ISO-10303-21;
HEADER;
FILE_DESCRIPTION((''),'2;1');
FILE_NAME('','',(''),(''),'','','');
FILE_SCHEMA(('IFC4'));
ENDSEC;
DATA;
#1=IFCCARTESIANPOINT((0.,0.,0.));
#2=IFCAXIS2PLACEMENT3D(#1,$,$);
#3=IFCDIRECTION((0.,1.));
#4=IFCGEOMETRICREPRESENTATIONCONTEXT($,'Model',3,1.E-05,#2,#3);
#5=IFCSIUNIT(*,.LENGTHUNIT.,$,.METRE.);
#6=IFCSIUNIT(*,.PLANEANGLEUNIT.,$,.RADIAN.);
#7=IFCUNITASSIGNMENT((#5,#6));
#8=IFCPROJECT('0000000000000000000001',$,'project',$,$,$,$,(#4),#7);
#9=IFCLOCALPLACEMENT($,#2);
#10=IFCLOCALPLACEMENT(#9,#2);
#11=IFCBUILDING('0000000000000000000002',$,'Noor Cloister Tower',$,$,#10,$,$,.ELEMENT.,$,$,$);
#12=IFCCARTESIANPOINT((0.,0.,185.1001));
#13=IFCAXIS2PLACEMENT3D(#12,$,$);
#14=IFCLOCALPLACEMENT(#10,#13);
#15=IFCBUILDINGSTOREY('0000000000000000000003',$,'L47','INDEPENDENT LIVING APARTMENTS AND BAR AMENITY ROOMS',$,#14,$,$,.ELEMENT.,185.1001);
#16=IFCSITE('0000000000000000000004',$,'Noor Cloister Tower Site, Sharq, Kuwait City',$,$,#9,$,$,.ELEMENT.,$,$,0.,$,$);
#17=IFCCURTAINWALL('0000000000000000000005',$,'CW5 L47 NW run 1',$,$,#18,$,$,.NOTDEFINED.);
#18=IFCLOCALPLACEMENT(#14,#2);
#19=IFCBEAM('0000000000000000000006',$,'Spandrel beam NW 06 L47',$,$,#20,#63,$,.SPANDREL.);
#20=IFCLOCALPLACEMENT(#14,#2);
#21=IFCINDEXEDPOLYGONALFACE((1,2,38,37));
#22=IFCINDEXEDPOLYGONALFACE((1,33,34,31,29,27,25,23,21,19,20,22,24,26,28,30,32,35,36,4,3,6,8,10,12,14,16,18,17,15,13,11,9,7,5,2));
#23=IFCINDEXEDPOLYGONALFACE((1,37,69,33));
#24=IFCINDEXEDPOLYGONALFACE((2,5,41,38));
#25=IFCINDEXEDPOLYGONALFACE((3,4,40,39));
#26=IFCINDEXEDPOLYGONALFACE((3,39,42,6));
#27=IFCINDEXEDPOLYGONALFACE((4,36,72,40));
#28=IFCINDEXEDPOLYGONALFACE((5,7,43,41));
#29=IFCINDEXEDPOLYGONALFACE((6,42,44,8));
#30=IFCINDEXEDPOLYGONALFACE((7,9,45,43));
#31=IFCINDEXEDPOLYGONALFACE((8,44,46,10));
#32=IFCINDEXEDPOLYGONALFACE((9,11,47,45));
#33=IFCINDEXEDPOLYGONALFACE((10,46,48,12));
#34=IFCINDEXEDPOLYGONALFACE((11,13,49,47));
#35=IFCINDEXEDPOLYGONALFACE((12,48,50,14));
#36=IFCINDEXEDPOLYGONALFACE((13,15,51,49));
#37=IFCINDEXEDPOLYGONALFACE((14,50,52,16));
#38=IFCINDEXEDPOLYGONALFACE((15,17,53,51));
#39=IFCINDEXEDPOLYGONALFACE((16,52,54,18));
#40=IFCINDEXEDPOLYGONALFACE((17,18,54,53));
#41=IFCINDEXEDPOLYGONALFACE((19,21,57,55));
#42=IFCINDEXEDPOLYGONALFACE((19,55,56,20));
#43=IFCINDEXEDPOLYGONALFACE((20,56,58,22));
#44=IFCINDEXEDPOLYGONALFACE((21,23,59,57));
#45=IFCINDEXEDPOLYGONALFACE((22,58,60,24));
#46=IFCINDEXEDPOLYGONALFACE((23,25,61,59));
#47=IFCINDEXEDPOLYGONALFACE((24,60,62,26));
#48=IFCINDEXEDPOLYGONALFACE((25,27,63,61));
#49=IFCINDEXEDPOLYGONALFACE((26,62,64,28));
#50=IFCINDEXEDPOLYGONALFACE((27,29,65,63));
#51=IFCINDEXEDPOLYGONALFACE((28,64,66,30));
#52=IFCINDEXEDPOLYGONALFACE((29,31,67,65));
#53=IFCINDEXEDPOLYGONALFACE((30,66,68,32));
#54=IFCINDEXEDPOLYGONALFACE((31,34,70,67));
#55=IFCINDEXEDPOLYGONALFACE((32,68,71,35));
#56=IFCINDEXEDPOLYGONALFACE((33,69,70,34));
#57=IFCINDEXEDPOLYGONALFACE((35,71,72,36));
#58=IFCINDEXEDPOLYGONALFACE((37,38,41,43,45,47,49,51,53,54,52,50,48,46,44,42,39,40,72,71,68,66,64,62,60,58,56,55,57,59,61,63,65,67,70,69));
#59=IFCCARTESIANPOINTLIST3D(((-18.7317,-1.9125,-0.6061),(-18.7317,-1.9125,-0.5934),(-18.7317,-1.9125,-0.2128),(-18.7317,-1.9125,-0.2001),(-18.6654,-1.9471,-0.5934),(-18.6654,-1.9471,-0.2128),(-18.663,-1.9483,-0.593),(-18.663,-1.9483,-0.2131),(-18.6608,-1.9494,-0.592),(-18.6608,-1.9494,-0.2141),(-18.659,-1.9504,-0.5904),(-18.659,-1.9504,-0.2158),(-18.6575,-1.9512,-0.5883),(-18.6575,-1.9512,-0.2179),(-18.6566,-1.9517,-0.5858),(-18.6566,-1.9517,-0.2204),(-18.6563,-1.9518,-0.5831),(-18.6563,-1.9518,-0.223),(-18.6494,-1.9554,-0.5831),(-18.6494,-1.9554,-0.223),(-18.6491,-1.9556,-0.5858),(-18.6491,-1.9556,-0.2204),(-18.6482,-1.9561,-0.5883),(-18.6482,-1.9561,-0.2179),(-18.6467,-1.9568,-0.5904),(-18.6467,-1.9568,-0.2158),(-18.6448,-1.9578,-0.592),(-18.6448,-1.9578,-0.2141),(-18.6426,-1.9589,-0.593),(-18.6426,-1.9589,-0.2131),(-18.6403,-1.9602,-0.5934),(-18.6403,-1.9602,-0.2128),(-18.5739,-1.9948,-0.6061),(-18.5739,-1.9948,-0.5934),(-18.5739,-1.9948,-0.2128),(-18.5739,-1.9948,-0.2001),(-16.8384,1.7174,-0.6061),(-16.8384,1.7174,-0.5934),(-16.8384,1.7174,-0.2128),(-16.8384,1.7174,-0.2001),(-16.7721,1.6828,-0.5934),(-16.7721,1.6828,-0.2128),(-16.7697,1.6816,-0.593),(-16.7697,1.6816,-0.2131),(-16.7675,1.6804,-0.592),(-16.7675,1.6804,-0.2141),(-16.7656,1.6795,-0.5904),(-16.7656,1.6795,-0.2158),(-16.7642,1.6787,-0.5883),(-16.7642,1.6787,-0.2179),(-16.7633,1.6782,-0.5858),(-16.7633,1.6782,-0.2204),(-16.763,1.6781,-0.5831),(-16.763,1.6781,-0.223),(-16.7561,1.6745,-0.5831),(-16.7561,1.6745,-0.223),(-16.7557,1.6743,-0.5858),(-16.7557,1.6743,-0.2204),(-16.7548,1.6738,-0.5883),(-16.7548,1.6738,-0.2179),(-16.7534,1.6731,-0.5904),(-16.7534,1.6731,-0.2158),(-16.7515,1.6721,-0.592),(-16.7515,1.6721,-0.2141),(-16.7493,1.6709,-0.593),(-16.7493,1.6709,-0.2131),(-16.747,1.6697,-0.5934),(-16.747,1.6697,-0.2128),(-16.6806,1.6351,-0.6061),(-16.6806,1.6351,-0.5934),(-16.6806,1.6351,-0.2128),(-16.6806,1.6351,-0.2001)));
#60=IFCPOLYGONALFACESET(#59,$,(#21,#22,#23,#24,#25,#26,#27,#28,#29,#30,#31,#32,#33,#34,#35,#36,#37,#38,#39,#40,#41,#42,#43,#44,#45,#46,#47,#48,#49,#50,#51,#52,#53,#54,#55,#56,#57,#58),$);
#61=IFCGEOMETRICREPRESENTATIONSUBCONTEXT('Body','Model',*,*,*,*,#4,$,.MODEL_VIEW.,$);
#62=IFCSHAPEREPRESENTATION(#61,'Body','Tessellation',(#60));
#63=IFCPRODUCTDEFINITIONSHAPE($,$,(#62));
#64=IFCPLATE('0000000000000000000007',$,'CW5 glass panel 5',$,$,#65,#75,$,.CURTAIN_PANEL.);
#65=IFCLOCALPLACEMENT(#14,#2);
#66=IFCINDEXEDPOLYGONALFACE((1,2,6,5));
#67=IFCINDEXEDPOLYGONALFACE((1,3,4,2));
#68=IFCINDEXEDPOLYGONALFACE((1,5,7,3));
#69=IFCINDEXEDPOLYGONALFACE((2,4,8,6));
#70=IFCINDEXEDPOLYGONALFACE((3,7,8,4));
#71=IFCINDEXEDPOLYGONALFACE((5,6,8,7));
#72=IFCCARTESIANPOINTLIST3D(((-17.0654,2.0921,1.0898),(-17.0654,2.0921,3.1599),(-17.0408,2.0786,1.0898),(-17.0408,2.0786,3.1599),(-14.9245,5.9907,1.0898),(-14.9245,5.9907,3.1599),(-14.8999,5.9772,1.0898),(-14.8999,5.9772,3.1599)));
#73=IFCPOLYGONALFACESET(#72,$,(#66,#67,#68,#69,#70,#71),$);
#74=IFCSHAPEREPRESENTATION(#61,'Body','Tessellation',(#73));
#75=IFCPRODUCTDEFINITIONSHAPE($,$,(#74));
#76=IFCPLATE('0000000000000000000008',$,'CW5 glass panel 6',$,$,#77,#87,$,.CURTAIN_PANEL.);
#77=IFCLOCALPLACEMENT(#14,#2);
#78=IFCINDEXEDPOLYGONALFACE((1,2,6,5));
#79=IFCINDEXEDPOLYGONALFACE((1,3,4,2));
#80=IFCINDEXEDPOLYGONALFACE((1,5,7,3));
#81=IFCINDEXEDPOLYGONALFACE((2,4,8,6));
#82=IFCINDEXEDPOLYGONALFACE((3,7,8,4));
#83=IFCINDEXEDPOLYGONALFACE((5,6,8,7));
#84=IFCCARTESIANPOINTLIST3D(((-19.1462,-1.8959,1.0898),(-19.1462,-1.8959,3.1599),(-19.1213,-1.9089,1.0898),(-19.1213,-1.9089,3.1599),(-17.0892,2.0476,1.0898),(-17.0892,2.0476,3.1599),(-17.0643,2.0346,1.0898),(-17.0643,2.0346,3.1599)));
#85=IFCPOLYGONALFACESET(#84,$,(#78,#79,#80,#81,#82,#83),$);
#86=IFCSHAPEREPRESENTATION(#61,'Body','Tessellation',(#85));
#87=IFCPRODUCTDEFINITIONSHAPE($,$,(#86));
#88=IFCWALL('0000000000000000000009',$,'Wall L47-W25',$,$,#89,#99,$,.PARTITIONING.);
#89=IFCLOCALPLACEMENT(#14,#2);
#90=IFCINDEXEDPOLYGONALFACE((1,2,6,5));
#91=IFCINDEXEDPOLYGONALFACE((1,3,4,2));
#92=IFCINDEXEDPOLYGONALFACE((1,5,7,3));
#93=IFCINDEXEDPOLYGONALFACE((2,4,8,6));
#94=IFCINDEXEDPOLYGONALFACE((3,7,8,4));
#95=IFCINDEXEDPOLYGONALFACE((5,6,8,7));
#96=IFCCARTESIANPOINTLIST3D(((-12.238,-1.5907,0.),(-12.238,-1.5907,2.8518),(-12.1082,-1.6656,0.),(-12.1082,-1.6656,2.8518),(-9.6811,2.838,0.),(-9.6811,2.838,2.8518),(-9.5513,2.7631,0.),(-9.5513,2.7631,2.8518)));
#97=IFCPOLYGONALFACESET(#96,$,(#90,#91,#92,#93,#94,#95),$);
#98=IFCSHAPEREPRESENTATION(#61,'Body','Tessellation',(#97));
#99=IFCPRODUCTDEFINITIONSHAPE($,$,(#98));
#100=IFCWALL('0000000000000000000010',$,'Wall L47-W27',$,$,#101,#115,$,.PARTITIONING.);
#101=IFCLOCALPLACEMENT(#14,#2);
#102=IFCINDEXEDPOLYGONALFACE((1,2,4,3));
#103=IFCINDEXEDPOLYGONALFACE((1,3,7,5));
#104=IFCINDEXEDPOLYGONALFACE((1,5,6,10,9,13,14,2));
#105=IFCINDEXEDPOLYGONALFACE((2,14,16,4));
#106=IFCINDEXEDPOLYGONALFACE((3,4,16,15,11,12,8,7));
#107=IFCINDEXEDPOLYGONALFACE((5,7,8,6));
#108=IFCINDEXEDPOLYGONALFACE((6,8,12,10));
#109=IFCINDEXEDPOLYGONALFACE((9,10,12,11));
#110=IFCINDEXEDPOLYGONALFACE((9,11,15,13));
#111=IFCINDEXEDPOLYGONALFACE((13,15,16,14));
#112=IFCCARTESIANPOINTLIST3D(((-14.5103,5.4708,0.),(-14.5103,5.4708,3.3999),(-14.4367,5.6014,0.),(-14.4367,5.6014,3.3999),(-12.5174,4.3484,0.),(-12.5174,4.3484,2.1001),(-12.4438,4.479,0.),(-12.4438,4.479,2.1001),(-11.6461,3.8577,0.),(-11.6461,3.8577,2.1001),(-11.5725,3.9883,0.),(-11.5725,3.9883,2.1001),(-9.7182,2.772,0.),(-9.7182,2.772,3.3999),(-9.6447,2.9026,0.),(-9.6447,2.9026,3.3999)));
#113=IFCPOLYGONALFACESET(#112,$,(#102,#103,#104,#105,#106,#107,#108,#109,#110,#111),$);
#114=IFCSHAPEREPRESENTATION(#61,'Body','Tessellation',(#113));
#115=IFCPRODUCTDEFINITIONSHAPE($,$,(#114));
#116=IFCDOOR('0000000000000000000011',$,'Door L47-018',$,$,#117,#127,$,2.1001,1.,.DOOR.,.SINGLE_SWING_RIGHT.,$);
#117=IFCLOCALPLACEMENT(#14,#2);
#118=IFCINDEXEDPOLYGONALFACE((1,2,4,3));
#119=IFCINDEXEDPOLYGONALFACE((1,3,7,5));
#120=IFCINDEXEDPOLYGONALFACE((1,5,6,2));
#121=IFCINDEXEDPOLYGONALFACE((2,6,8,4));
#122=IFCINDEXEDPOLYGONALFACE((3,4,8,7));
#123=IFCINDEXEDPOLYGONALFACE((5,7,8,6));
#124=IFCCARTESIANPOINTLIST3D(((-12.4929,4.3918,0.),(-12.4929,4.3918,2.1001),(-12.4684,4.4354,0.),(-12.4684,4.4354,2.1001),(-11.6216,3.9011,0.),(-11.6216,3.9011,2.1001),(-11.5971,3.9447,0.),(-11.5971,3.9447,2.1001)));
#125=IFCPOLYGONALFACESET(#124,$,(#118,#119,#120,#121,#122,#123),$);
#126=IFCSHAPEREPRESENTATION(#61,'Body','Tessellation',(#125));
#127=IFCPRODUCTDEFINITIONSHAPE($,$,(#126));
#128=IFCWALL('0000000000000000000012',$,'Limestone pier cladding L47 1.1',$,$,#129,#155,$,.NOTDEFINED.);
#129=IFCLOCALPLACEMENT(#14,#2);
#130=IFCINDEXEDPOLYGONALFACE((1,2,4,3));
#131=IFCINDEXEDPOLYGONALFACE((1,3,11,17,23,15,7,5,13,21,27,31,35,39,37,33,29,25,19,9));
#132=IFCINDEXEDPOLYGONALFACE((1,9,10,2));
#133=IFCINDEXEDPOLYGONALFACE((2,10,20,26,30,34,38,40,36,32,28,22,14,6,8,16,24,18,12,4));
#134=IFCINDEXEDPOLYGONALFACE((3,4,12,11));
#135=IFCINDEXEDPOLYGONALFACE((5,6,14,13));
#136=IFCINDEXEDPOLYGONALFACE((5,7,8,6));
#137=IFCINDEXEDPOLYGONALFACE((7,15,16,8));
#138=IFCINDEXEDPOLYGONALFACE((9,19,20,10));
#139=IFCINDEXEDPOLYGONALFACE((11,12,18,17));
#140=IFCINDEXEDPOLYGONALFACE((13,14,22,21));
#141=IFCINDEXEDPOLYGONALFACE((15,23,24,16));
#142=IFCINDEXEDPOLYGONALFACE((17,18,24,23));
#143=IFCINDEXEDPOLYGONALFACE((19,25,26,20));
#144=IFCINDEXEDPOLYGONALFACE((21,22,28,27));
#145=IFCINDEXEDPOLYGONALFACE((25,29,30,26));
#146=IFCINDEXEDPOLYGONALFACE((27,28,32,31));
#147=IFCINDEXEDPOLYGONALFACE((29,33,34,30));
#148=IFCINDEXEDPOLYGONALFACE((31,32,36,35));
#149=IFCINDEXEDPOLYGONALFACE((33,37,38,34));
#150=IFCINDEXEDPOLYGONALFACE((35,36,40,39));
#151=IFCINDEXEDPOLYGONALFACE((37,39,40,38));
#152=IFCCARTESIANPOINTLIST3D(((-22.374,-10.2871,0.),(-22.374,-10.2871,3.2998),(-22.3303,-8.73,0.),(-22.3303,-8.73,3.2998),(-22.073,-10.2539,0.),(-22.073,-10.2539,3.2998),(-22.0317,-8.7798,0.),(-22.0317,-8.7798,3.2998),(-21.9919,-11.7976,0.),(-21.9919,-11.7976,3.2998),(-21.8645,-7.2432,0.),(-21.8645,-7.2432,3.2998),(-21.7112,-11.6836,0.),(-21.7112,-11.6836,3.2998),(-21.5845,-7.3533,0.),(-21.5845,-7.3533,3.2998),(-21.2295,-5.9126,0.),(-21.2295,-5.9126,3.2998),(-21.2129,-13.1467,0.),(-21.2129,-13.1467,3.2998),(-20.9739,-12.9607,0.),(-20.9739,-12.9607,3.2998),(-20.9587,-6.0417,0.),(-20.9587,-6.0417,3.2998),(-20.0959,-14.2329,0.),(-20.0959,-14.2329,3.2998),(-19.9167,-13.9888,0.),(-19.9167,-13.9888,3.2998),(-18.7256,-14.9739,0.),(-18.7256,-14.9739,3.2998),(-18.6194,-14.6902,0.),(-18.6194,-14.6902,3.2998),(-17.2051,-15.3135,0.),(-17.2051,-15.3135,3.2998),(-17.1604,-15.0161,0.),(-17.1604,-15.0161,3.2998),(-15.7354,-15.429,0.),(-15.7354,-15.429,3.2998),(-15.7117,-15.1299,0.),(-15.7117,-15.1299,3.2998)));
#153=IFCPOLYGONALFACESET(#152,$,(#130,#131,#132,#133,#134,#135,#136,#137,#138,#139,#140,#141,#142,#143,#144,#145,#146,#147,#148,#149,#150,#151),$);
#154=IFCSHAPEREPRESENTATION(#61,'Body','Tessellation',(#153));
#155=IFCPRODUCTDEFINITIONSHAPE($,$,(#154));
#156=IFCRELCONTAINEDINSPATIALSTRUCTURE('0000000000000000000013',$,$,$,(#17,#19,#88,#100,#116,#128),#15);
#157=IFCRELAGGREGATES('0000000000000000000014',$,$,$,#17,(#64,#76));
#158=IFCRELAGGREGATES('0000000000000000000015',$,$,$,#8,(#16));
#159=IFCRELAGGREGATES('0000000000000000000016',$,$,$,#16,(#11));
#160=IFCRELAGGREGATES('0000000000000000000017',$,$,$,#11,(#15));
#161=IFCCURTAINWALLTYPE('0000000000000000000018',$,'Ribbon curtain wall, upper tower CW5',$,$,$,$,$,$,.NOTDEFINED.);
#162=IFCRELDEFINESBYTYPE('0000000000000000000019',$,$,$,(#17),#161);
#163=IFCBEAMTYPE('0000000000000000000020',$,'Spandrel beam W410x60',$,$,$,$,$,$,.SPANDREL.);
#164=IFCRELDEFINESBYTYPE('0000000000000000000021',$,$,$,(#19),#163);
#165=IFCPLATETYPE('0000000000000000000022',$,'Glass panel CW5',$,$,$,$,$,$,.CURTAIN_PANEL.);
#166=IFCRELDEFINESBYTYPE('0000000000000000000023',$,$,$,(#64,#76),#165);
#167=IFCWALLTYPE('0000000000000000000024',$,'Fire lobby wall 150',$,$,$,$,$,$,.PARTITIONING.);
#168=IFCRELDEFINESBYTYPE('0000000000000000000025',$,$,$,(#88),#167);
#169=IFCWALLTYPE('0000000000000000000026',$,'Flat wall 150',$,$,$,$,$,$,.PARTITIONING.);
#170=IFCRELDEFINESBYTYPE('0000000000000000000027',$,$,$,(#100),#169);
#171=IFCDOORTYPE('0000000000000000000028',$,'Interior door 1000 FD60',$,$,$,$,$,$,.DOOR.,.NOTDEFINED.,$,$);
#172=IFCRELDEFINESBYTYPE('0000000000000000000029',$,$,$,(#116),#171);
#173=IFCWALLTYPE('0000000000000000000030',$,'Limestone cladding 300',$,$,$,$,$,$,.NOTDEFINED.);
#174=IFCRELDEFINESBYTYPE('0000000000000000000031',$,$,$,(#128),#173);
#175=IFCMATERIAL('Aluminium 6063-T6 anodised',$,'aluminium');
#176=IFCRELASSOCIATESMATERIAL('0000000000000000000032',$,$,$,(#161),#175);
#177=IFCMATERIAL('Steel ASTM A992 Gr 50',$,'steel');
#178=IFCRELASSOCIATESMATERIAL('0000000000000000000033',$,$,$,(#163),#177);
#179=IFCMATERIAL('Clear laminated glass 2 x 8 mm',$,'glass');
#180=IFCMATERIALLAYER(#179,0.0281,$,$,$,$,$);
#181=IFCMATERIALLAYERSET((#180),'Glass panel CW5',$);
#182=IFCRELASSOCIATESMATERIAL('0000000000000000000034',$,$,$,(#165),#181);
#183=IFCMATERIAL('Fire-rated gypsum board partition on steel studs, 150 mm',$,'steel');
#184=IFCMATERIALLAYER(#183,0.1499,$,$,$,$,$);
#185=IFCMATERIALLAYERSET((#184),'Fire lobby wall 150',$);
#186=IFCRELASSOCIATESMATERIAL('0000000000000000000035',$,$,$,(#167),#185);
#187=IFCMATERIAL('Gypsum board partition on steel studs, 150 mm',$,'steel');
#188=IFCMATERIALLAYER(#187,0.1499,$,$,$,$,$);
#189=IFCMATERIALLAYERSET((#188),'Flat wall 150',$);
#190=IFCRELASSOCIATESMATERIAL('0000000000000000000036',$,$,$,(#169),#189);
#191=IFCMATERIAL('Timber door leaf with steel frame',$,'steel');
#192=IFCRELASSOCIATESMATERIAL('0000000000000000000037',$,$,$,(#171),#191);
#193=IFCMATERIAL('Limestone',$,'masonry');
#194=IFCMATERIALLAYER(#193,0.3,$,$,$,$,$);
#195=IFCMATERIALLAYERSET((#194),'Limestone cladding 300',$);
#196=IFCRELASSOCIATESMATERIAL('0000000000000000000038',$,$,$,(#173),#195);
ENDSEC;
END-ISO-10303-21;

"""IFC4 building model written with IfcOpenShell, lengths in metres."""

from ifc_helpers import new_model, si_unit, direction, frame, frame_2d, origin, origin_2d, place, context, subcontext, project, spatial, polyline, rectangle, i_section, outline, extrude, material, layer, layer_set, material_profile, profile_set, type_object, element, fill, aggregate, save


model = new_model("IFC4")

# Units and contexts
model_context = context("Model", 3, precision=1e-05, world=origin(), true_north=direction((0.0, 1.0)))
body_context = subcontext(model_context, "Body", "Model", "MODEL_VIEW")
ifc_project = project(units=[si_unit("LENGTHUNIT", "METRE"), si_unit("PLANEANGLEUNIT", "RADIAN")], contexts=[model_context])

# Site, building, storey
site_placement = place(None, origin())
site = spatial("IfcSite", under=ifc_project, at=site_placement, Name="Noor Cloister Tower Site, Sharq, Kuwait City", CompositionType="ELEMENT", RefElevation=0.0)
building_placement = place(site_placement, origin())
building = spatial("IfcBuilding", under=site, at=building_placement, Name="Noor Cloister Tower", CompositionType="ELEMENT")
storey_placement = place(building_placement, frame((0.0, 0.0, 185.1001)))
storey = spatial("IfcBuildingStorey", under=building, at=storey_placement, Name="L47", Description="INDEPENDENT LIVING APARTMENTS AND BAR AMENITY ROOMS", CompositionType="ELEMENT", Elevation=185.1001)

# Curtain wall
ifc_material_1 = material(Name="Aluminium 6063-T6 anodised", Category="aluminium")
curtain_wall_type = type_object("IfcCurtainWallType", Name="Ribbon curtain wall, upper tower CW5", PredefinedType="NOTDEFINED", material=ifc_material_1)
curtain_wall_1_placement = place(storey_placement, origin())
curtain_wall_1 = element("IfcCurtainWall", 1, at=curtain_wall_1_placement, inside=storey, type_object=curtain_wall_type, Name="CW5 L47 NW run 1", PredefinedType="NOTDEFINED")

# Beam
ifc_material_2 = material(Name="Steel ASTM A992 Gr 50", Category="steel")
ifc_material_profile_1 = material_profile(ifc_material_2, i_section(OverallWidth=0.178, OverallDepth=0.406, WebThickness=0.0078, FlangeThickness=0.0127, FilletRadius=0.0103, at=origin_2d()), Name="W410x60")
ifc_profile_set_1 = profile_set([ifc_material_profile_1], Name="Steel ASTM A992 Gr 50")
beam_type_1 = type_object("IfcBeamType", Name="Spandrel beam W410x60", PredefinedType="SPANDREL", material=ifc_profile_set_1)
beam_1_placement = place(storey_placement, frame((-16.7595, 1.6763, -0.4031), z_axis=(-0.462462, -0.886639, 0.0), x_axis=(0.886639, -0.462462, 0.0)))
element("IfcBeam", 2, at=beam_1_placement, inside=storey, type_object=beam_type_1, Name="Spandrel beam NW 06 L47", PredefinedType="SPANDREL", context=body_context, shape_type="SweptSolid", body=[
    extrude(i_section(OverallWidth=0.178, OverallDepth=0.406, WebThickness=0.0078, FlangeThickness=0.0127, FilletRadius=0.0103, at=origin_2d()), origin(), (0.0, 0.0, 1.0), 4.094),
])

# Plates
ifc_material_3 = material(Name="Clear laminated glass 2 x 8 mm", Category="glass")
ifc_layer_1 = layer(ifc_material_3, 0.0281)
ifc_layer_set_1 = layer_set([ifc_layer_1], Name="Glass panel CW5")
plate_type = type_object("IfcPlateType", Name="Glass panel CW5", PredefinedType="CURTAIN_PANEL", material=ifc_layer_set_1)
plate_1_placement = place(storey_placement, frame((-15.9827, 4.0347, 1.0898), z_axis=(0.0, 0.0, 1.0), x_axis=(-0.481347, -0.87653, 0.0)))
plate_1 = element("IfcPlate", 3, at=plate_1_placement, type_object=plate_type, Name="CW5 glass panel 5", PredefinedType="CURTAIN_PANEL", context=body_context, shape_type="SweptSolid", body=[
    extrude(rectangle(XDim=4.4478, YDim=0.0281, at=origin_2d()), origin(), (0.0, 0.0, 1.0), 2.0701),
])
plate_2_placement = place(storey_placement, frame((-18.1052, 0.0693, 1.0898), z_axis=(0.0, 0.0, 1.0), x_axis=(-0.462473, -0.886633, 0.0)))
plate_2 = element("IfcPlate", 4, at=plate_2_placement, type_object=plate_type, Name="CW5 glass panel 6", PredefinedType="CURTAIN_PANEL", context=body_context, shape_type="SweptSolid", body=[
    extrude(rectangle(XDim=4.4478, YDim=0.0281, at=origin_2d()), origin(), (0.0, 0.0, 1.0), 2.0701),
])
aggregate(curtain_wall_1, [plate_1, plate_2])

# Wall
ifc_material_4 = material(Name="Fire-rated gypsum board partition on steel studs, 150 mm", Category="steel")
ifc_layer_2 = layer(ifc_material_4, 0.1499)
ifc_layer_set_2 = layer_set([ifc_layer_2], Name="Fire lobby wall 150")
wall_type_1 = type_object("IfcWallType", Name="Fire lobby wall 150", PredefinedType="PARTITIONING", material=ifc_layer_set_2)
wall_1_placement = place(storey_placement, frame((-9.6162, 2.8005, 0.0), z_axis=(0.0, 0.0, 1.0), x_axis=(-0.499995, -0.866028, 0.0)))
element("IfcWall", 5, at=wall_1_placement, inside=storey, type_object=wall_type_1, Name="Wall L47-W25", PredefinedType="PARTITIONING", context=body_context, shape_type="SweptSolid", body=[
    extrude(rectangle(XDim=5.1138, YDim=0.1499, at=frame_2d((2.5569, 0.0))), origin(), (0.0, 0.0, 1.0), 2.8518),
])

# Wall, opening, door
ifc_material_5 = material(Name="Gypsum board partition on steel studs, 150 mm", Category="steel")
ifc_layer_3 = layer(ifc_material_5, 0.1499)
ifc_layer_set_3 = layer_set([ifc_layer_3], Name="Flat wall 150")
wall_type_2 = type_object("IfcWallType", Name="Flat wall 150", PredefinedType="PARTITIONING", material=ifc_layer_set_3)
wall_2_placement = place(storey_placement, frame((-14.4736, 5.5361, 0.0), z_axis=(0.0, 0.0, 1.0), x_axis=(0.871324, -0.490708, 0.0)))
wall_2 = element("IfcWall", 6, at=wall_2_placement, inside=storey, type_object=wall_type_2, Name="Wall L47-W27", PredefinedType="PARTITIONING", context=body_context, shape_type="SweptSolid", body=[
    extrude(rectangle(XDim=5.4998, YDim=0.1499, at=frame_2d((2.75, 0.0))), origin(), (0.0, 0.0, 1.0), 3.3999),
])
opening_placement = place(wall_2_placement, frame((2.2874, 0.0, 0.0)))
opening = element("IfcOpeningElement", 7, at=opening_placement, cuts=wall_2, PredefinedType="OPENING", context=body_context, shape_type="SweptSolid", body=[
    extrude(rectangle(XDim=1.0, YDim=2.1001, at=frame_2d((0.5, 1.05))), frame((0.0, 0.085, 0.0), z_axis=(0.0, -1.0, 0.0), x_axis=(1.0, 0.0, 0.0)), (0.0, 0.0, 1.0), 0.1699),
])
ifc_material_6 = material(Name="Timber door leaf with steel frame", Category="steel")
door_type = type_object("IfcDoorType", Name="Interior door 1000 FD60", OperationType="NOTDEFINED", PredefinedType="DOOR", material=ifc_material_6)
door_placement = place(opening_placement, origin())
door = element("IfcDoor", 8, at=door_placement, inside=storey, type_object=door_type, Name="Door L47-018", OperationType="SINGLE_SWING_RIGHT", OverallHeight=2.1001, OverallWidth=1.0, PredefinedType="DOOR", context=body_context, shape_type="SweptSolid", body=[
    extrude(rectangle(XDim=1.0, YDim=2.1001, at=frame_2d((0.5, 1.05))), frame((0.0, 0.0249, 0.0), z_axis=(0.0, -1.0, 0.0), x_axis=(1.0, 0.0, 0.0)), (0.0, 0.0, 1.0), 0.05),
])
fill(opening, door)

# Wall
ifc_material_7 = material(Name="Limestone", Category="masonry")
ifc_layer_4 = layer(ifc_material_7, 0.3)
ifc_layer_set_4 = layer_set([ifc_layer_4], Name="Limestone cladding 300")
wall_type_3 = type_object("IfcWallType", Name="Limestone cladding 300", PredefinedType="NOTDEFINED", material=ifc_layer_set_4)
wall_3_placement = place(storey_placement, origin())
element("IfcWall", 9, at=wall_3_placement, inside=storey, type_object=wall_type_3, Name="Limestone pier cladding L47 1.1", PredefinedType="NOTDEFINED", context=body_context, shape_type="SweptSolid", body=[
    extrude(outline(polyline([(-21.2295, -5.9126), (-21.8645, -7.2432), (-22.3303, -8.73), (-22.374, -10.2871), (-21.9919, -11.7976), (-21.2129, -13.1467), (-20.0959, -14.2329), (-18.7256, -14.9739), (-17.2051, -15.3135), (-15.7354, -15.429), (-15.7117, -15.1299), (-17.1604, -15.0161), (-18.6194, -14.6902), (-19.9167, -13.9888), (-20.9739, -12.9607), (-21.7112, -11.6836), (-22.073, -10.2539), (-22.0317, -8.7798), (-21.5845, -7.3533), (-20.9587, -6.0417), (-21.2295, -5.9126)])), origin(), (0.0, 0.0, 1.0), 3.2998),
])

save(model, "model.ifc")
